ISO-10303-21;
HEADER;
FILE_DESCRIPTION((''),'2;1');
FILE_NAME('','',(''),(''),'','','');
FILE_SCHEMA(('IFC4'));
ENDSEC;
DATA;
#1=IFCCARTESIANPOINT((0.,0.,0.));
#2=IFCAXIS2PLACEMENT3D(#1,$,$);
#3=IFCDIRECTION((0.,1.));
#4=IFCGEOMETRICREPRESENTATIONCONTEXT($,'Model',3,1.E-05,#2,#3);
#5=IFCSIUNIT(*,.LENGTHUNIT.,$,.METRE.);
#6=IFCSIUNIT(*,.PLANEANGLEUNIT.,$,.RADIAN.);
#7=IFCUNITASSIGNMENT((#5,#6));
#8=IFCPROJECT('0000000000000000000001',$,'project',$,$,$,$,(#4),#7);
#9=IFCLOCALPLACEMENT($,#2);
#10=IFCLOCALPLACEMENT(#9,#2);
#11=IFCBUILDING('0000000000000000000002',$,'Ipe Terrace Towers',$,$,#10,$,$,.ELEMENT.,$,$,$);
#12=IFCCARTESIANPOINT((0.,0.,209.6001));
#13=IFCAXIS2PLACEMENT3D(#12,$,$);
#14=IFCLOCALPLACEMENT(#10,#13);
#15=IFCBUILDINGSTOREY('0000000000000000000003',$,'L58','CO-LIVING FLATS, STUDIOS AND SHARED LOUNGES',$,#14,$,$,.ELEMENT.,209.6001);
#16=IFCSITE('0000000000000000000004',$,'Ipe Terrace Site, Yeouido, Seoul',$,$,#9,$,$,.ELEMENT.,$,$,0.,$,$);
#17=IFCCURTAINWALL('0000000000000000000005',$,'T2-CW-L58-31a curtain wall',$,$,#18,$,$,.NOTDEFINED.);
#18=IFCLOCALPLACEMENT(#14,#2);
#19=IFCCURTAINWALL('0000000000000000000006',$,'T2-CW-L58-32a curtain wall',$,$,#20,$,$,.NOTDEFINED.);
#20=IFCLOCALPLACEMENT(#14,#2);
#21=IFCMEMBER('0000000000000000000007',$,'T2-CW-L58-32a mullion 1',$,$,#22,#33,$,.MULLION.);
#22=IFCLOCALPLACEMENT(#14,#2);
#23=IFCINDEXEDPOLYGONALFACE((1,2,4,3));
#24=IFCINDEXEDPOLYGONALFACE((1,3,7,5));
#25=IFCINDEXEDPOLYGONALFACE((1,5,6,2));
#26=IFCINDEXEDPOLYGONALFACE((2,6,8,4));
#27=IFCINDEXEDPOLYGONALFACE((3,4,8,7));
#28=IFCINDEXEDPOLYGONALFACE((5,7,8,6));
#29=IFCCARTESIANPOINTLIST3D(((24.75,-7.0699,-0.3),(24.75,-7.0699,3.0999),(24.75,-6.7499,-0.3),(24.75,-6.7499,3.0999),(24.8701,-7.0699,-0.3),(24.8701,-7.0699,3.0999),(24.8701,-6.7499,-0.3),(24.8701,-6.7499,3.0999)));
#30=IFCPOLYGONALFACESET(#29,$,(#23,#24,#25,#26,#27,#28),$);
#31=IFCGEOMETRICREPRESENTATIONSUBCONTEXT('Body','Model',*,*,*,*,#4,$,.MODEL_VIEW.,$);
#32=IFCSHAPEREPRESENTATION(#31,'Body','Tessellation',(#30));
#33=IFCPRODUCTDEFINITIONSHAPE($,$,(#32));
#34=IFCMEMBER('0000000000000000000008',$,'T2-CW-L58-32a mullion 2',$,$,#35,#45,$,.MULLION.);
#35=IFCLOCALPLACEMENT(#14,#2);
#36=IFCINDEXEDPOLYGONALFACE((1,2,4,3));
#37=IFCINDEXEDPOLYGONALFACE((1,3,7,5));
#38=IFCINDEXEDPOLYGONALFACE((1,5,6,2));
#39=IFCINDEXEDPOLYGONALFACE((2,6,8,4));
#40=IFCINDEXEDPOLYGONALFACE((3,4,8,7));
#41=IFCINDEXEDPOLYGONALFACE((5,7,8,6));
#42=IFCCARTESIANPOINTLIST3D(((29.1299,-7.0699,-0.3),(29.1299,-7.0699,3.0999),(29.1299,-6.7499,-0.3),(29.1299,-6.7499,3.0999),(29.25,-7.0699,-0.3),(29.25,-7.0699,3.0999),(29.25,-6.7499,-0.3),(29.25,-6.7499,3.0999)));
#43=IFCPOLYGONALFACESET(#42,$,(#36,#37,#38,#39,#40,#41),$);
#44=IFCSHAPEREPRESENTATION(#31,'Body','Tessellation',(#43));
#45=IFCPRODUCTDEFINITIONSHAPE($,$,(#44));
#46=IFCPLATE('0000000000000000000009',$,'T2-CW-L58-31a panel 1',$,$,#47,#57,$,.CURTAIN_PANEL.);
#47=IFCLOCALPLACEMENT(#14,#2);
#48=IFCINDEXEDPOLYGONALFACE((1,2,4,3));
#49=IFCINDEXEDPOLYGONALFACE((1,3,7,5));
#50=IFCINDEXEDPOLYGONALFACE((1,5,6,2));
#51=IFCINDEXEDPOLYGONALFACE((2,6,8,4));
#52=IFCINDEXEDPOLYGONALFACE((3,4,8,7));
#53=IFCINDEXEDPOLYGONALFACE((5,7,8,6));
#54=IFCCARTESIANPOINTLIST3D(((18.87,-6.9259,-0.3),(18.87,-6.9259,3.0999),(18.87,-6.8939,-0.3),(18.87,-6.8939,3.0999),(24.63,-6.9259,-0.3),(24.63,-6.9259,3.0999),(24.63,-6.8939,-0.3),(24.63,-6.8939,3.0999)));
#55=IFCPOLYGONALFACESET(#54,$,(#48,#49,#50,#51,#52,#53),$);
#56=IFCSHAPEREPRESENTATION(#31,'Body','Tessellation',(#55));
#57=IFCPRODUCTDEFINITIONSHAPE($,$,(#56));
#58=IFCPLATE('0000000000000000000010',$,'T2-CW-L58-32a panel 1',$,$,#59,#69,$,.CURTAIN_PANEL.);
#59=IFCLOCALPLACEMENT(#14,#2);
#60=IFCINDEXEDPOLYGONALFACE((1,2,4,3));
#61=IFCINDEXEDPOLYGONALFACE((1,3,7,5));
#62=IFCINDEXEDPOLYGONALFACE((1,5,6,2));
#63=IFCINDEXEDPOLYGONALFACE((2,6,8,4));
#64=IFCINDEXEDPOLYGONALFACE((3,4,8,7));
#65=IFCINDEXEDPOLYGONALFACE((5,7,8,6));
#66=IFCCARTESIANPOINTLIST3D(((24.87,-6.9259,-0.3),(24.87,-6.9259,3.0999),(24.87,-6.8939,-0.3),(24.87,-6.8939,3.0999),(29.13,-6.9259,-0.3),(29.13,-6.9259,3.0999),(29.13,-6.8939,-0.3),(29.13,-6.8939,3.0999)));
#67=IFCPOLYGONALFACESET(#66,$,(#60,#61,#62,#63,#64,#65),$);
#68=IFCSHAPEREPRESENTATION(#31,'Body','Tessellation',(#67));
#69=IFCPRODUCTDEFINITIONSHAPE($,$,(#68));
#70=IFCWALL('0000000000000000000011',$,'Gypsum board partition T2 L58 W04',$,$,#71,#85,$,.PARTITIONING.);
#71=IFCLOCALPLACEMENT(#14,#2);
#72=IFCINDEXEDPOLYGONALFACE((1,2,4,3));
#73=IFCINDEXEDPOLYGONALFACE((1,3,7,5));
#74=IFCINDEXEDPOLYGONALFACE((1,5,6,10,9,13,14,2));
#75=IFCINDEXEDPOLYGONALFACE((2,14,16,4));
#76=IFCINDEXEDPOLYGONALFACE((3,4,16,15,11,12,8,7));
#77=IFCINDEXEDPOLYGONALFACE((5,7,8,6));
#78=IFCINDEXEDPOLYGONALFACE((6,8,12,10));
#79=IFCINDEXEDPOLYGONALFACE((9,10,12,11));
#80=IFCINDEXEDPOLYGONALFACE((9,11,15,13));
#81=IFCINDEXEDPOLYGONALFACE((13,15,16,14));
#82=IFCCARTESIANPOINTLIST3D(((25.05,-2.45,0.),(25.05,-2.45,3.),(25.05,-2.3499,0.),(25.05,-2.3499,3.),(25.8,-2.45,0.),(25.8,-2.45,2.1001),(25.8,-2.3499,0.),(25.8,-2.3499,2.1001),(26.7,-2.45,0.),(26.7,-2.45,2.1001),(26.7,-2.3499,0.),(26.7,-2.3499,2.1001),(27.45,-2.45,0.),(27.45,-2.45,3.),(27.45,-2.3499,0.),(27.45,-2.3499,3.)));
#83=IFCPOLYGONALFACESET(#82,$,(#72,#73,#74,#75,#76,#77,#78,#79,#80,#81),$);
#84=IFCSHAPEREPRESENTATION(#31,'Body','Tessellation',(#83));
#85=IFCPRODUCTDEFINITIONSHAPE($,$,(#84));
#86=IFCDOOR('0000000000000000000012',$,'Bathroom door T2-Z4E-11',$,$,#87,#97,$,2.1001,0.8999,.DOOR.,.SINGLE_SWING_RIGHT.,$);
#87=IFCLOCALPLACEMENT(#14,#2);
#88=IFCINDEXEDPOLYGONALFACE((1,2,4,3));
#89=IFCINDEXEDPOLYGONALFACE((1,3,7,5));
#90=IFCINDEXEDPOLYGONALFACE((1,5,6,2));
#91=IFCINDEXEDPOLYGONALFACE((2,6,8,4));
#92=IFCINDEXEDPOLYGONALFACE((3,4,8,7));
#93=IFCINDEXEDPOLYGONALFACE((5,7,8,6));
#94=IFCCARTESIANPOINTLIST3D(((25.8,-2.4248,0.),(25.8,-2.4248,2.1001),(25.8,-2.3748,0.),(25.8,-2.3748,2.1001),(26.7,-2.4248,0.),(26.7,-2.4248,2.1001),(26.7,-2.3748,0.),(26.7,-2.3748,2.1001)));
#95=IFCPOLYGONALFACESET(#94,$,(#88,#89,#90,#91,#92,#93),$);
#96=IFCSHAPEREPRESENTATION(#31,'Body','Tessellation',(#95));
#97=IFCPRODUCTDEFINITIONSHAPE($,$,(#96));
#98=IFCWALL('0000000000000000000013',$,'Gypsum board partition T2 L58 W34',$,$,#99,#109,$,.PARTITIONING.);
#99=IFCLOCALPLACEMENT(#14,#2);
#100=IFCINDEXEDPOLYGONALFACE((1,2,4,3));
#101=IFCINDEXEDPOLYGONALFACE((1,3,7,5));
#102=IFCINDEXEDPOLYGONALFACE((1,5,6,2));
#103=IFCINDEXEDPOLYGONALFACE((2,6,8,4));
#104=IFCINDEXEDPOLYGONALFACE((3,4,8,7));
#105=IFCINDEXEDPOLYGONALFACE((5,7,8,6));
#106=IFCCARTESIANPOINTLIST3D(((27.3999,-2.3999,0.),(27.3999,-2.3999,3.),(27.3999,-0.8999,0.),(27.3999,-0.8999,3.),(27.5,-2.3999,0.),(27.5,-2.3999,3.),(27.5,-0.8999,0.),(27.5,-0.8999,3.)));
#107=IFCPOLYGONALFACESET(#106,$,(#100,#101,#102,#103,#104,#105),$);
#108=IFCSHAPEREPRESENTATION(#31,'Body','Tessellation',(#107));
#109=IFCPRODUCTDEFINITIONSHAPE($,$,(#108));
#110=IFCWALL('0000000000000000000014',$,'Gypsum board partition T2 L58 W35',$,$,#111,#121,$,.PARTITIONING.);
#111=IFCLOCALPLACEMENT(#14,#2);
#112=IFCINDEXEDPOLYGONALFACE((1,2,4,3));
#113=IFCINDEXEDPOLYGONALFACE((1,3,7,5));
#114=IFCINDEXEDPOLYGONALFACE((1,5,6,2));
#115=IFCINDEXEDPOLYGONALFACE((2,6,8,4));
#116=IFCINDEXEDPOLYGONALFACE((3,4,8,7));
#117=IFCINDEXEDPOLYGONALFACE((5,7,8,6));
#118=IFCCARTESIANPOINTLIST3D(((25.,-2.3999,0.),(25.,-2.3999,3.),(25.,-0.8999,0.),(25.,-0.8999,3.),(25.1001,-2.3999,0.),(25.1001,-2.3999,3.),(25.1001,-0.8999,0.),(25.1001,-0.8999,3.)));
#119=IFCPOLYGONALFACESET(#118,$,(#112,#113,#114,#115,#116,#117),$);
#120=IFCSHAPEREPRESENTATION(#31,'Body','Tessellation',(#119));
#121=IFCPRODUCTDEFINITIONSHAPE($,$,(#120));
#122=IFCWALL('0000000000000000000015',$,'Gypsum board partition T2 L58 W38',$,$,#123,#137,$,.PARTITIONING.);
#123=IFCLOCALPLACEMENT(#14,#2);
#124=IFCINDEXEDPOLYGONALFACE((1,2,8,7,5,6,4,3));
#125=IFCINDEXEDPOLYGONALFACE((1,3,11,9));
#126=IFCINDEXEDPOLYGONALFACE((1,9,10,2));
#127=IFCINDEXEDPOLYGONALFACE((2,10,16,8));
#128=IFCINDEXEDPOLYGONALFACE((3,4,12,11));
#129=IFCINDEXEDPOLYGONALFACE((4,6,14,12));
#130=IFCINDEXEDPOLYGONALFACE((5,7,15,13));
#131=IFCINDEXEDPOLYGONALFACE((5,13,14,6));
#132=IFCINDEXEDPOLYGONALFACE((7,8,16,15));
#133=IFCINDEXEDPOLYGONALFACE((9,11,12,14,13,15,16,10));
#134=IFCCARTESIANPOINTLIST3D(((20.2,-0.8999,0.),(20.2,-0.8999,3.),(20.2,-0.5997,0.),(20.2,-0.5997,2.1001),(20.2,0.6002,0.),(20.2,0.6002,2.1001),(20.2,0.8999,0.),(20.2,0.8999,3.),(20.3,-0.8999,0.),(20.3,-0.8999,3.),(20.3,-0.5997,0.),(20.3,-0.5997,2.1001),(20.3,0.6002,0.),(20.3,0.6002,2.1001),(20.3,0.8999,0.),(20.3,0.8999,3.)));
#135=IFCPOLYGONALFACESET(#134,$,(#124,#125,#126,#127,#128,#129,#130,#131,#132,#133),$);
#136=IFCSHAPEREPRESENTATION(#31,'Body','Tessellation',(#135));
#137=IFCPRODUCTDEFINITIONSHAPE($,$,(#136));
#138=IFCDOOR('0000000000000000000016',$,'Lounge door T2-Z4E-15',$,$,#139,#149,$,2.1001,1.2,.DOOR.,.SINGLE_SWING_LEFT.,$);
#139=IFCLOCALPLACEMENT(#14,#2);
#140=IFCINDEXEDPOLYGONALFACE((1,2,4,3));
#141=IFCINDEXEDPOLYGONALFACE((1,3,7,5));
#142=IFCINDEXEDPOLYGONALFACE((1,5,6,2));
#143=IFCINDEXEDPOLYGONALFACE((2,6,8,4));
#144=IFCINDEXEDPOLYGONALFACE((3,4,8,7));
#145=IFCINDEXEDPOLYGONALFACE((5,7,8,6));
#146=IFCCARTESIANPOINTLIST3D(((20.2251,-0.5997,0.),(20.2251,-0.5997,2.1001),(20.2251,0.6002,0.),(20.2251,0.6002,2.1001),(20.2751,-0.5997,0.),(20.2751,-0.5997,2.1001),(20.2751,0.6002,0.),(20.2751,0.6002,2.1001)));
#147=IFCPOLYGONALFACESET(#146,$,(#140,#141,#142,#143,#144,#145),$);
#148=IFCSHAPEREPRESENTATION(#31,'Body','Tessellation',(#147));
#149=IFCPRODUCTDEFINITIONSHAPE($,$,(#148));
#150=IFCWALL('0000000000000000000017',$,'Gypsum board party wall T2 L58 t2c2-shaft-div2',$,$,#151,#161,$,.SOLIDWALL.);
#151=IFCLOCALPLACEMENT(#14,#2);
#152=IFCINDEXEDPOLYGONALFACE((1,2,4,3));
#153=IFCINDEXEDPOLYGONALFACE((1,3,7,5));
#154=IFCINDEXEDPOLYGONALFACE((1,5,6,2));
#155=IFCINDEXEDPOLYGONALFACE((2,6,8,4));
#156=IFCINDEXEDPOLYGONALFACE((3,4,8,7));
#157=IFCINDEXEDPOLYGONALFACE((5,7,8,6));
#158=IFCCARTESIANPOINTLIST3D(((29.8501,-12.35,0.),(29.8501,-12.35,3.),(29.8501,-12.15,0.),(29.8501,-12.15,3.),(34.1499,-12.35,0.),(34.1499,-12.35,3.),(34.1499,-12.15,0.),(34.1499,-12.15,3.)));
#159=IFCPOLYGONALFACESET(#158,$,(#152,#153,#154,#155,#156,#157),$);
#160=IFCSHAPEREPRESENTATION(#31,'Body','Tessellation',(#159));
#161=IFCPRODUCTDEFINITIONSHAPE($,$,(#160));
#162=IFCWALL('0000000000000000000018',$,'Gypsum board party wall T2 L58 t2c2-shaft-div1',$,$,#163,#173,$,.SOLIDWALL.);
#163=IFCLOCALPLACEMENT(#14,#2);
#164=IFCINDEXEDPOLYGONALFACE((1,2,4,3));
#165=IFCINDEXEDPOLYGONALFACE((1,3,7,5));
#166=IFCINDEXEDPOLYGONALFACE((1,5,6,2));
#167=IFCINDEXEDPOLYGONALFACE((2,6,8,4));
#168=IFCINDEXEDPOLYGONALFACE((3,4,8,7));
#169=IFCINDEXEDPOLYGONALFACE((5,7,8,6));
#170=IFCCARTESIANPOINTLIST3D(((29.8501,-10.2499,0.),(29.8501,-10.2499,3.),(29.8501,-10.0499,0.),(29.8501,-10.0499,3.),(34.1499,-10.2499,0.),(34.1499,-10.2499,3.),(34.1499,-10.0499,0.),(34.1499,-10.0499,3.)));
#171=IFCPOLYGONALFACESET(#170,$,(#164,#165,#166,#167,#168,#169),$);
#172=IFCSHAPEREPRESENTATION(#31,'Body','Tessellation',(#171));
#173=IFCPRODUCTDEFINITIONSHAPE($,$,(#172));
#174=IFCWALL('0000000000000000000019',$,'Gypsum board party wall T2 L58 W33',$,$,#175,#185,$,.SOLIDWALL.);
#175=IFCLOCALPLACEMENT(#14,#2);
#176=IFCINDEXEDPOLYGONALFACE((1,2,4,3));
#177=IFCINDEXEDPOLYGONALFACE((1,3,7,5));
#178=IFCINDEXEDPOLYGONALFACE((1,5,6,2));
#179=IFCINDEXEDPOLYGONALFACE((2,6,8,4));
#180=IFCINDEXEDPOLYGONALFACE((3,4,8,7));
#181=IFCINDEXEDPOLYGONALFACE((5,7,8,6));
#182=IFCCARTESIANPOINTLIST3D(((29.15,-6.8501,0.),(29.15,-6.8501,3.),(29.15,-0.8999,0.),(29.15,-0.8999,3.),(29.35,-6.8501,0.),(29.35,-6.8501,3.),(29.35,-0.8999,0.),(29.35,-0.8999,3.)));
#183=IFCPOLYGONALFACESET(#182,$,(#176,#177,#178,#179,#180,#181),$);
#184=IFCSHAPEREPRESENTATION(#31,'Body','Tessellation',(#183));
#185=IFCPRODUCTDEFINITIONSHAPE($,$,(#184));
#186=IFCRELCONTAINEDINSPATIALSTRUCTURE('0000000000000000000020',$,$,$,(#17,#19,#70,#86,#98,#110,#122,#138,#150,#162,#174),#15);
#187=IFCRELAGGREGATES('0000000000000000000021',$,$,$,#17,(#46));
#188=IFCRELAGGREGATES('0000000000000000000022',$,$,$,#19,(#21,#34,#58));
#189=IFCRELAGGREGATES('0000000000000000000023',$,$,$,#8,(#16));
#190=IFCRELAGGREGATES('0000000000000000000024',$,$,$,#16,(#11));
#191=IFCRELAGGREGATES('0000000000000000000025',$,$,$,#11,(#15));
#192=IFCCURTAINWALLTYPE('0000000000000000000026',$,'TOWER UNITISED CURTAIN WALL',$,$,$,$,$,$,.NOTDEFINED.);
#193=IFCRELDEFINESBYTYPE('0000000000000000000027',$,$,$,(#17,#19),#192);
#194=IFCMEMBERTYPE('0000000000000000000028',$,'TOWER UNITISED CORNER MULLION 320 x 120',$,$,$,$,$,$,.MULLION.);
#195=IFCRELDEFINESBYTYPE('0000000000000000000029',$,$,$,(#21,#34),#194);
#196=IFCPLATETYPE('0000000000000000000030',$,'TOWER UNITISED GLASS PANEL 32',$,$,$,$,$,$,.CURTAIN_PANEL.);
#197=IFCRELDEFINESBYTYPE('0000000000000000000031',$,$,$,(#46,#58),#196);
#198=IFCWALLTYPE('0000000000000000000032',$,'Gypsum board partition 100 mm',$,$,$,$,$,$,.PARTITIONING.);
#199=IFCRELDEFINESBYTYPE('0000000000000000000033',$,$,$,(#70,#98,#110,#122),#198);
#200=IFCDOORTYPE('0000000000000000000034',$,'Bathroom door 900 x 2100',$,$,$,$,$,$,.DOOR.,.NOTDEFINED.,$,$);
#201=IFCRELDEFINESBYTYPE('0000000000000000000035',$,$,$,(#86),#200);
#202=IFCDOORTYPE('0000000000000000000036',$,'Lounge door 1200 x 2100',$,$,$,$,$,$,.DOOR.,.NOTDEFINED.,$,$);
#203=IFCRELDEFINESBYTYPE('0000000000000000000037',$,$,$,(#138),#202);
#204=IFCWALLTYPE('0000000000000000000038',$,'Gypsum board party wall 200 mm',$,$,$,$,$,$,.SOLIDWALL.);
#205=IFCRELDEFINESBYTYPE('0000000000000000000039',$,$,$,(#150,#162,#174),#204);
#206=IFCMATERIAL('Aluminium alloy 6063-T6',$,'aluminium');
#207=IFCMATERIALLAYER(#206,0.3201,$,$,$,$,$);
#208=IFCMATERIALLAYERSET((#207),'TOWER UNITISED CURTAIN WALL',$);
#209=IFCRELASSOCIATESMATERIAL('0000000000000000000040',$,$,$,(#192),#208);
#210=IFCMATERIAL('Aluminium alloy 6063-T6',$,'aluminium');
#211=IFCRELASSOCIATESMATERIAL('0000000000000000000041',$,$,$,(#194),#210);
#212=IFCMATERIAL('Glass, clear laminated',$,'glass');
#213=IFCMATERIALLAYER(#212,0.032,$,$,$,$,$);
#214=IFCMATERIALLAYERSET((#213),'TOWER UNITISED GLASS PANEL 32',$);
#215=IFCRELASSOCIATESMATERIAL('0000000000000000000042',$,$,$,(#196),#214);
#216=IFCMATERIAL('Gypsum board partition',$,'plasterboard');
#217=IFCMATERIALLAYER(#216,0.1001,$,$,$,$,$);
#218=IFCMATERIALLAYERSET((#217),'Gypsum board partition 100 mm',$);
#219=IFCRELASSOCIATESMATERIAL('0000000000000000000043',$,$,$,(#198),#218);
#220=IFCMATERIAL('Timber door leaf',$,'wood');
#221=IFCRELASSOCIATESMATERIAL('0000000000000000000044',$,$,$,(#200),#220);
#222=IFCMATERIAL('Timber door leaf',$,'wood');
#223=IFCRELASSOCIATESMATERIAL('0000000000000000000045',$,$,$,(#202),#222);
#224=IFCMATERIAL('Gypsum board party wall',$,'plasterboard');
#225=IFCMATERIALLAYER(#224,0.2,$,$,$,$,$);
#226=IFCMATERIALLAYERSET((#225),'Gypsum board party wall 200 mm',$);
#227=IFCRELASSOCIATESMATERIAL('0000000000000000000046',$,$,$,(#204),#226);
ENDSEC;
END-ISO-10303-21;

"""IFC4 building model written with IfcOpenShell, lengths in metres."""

from ifc_helpers import new_model, si_unit, direction, frame, frame_2d, origin, origin_2d, place, context, subcontext, project, spatial, rectangle, extrude, material, layer, layer_set, material_profile, profile_set, type_object, element, fill, aggregate, save


model = new_model("IFC4")

# Units and contexts
model_context = context("Model", 3, precision=1e-05, world=origin(), true_north=direction((0.0, 1.0)))
body_context = subcontext(model_context, "Body", "Model", "MODEL_VIEW")
ifc_project = project(units=[si_unit("LENGTHUNIT", "METRE"), si_unit("PLANEANGLEUNIT", "RADIAN")], contexts=[model_context])

# Site, building, storey
site_placement = place(None, origin())
site = spatial("IfcSite", under=ifc_project, at=site_placement, Name="Ipe Terrace Site, Yeouido, Seoul", CompositionType="ELEMENT", RefElevation=0.0)
building_placement = place(site_placement, origin())
building = spatial("IfcBuilding", under=site, at=building_placement, Name="Ipe Terrace Towers", CompositionType="ELEMENT")
storey_placement = place(building_placement, frame((0.0, 0.0, 209.6001)))
storey = spatial("IfcBuildingStorey", under=building, at=storey_placement, Name="L58", Description="CO-LIVING FLATS, STUDIOS AND SHARED LOUNGES", CompositionType="ELEMENT", Elevation=209.6001)

# Curtain wall
ifc_material_1 = material(Name="Aluminium alloy 6063-T6", Category="aluminium")
ifc_layer_1 = layer(ifc_material_1, 0.3201)
ifc_layer_set_1 = layer_set([ifc_layer_1], Name="TOWER UNITISED CURTAIN WALL")
curtain_wall_type = type_object("IfcCurtainWallType", Name="TOWER UNITISED CURTAIN WALL", PredefinedType="NOTDEFINED", material=ifc_layer_set_1)
curtain_wall_1_placement = place(storey_placement, origin())
curtain_wall_1 = element("IfcCurtainWall", 1, at=curtain_wall_1_placement, inside=storey, type_object=curtain_wall_type, Name="T2-CW-L58-31a curtain wall", PredefinedType="NOTDEFINED")
ifc_material_2 = material(Name="Aluminium alloy 6063-T6", Category="aluminium")
ifc_material_profile_1 = material_profile(ifc_material_2, rectangle(XDim=0.3201, YDim=0.1201, at=origin_2d()), Name="TOWER UNITISED CORNER MULLION 320 x 120")
ifc_profile_set_1 = profile_set([ifc_material_profile_1], Name="Aluminium alloy 6063-T6")
member_type = type_object("IfcMemberType", Name="TOWER UNITISED CORNER MULLION 320 x 120", PredefinedType="MULLION", material=ifc_profile_set_1)

# Curtain wall, members
curtain_wall_2_placement = place(storey_placement, origin())
curtain_wall_2 = element("IfcCurtainWall", 2, at=curtain_wall_2_placement, inside=storey, type_object=curtain_wall_type, Name="T2-CW-L58-32a curtain wall", PredefinedType="NOTDEFINED")
member_1_placement = place(storey_placement, frame((24.8101, -6.9099, -0.3), z_axis=(0.0, 0.0, 1.0), x_axis=(0.0, -1.0, 0.0)))
member_1 = element("IfcMember", 3, at=member_1_placement, type_object=member_type, Name="T2-CW-L58-32a mullion 1", PredefinedType="MULLION", context=body_context, shape_type="SweptSolid", body=[
    extrude(rectangle(XDim=0.3201, YDim=0.1201, at=origin_2d()), origin(), (0.0, 0.0, 1.0), 3.3999),
])
member_2_placement = place(storey_placement, frame((29.1899, -6.9099, -0.3), z_axis=(0.0, 0.0, 1.0), x_axis=(0.0, -1.0, 0.0)))
member_2 = element("IfcMember", 4, at=member_2_placement, type_object=member_type, Name="T2-CW-L58-32a mullion 2", PredefinedType="MULLION", context=body_context, shape_type="SweptSolid", body=[
    extrude(rectangle(XDim=0.3201, YDim=0.1201, at=origin_2d()), origin(), (0.0, 0.0, 1.0), 3.3999),
])

# Plates
ifc_material_3 = material(Name="Glass, clear laminated", Category="glass")
ifc_layer_2 = layer(ifc_material_3, 0.032)
ifc_layer_set_2 = layer_set([ifc_layer_2], Name="TOWER UNITISED GLASS PANEL 32")
plate_type = type_object("IfcPlateType", Name="TOWER UNITISED GLASS PANEL 32", PredefinedType="CURTAIN_PANEL", material=ifc_layer_set_2)
plate_1_placement = place(storey_placement, frame((21.75, -6.9099, -0.3), z_axis=(0.0, 0.0, 1.0), x_axis=(1.0, 0.0, 0.0)))
plate_1 = element("IfcPlate", 5, at=plate_1_placement, type_object=plate_type, Name="T2-CW-L58-31a panel 1", PredefinedType="CURTAIN_PANEL", context=body_context, shape_type="SweptSolid", body=[
    extrude(rectangle(XDim=5.76, YDim=0.032, at=origin_2d()), origin(), (0.0, 0.0, 1.0), 3.3999),
])
aggregate(curtain_wall_1, [plate_1])
plate_2_placement = place(storey_placement, frame((27.0, -6.9099, -0.3), z_axis=(0.0, 0.0, 1.0), x_axis=(1.0, 0.0, 0.0)))
plate_2 = element("IfcPlate", 6, at=plate_2_placement, type_object=plate_type, Name="T2-CW-L58-32a panel 1", PredefinedType="CURTAIN_PANEL", context=body_context, shape_type="SweptSolid", body=[
    extrude(rectangle(XDim=4.26, YDim=0.032, at=origin_2d()), origin(), (0.0, 0.0, 1.0), 3.3999),
])
aggregate(curtain_wall_2, [member_1, member_2, plate_2])

# Wall, opening, door
ifc_material_4 = material(Name="Gypsum board partition", Category="plasterboard")
ifc_layer_3 = layer(ifc_material_4, 0.1001)
ifc_layer_set_3 = layer_set([ifc_layer_3], Name="Gypsum board partition 100 mm")
wall_type_1 = type_object("IfcWallType", Name="Gypsum board partition 100 mm", PredefinedType="PARTITIONING", material=ifc_layer_set_3)
wall_1_placement = place(storey_placement, frame((27.45, -2.3999, 0.0), z_axis=(0.0, 0.0, 1.0), x_axis=(-1.0, 0.0, 0.0)))
wall_1 = element("IfcWall", 7, at=wall_1_placement, inside=storey, type_object=wall_type_1, Name="Gypsum board partition T2 L58 W04", PredefinedType="PARTITIONING", context=body_context, shape_type="SweptSolid", body=[
    extrude(rectangle(XDim=2.3999, YDim=0.1001, at=frame_2d((1.2, 0.0))), origin(), (0.0, 0.0, 1.0), 3.0),
])
opening_1_placement = place(wall_1_placement, frame((0.75, 0.0, 0.0)))
opening_1 = element("IfcOpeningElement", 8, at=opening_1_placement, cuts=wall_1, PredefinedType="OPENING", context=body_context, shape_type="SweptSolid", body=[
    extrude(rectangle(XDim=0.8999, YDim=2.1001, at=frame_2d((0.45, 1.05))), frame((0.0, 0.0601, 0.0), z_axis=(0.0, -1.0, 0.0), x_axis=(1.0, 0.0, 0.0)), (0.0, 0.0, 1.0), 0.1201),
])
ifc_material_5 = material(Name="Timber door leaf", Category="wood")
door_type_1 = type_object("IfcDoorType", Name="Bathroom door 900 x 2100", OperationType="NOTDEFINED", PredefinedType="DOOR", material=ifc_material_5)
door_1_placement = place(opening_1_placement, origin())
door_1 = element("IfcDoor", 9, at=door_1_placement, inside=storey, type_object=door_type_1, Name="Bathroom door T2-Z4E-11", OperationType="SINGLE_SWING_RIGHT", OverallHeight=2.1001, OverallWidth=0.8999, PredefinedType="DOOR", context=body_context, shape_type="SweptSolid", body=[
    extrude(rectangle(XDim=0.8999, YDim=2.1001, at=frame_2d((0.45, 1.05))), frame((0.0, 0.0249, 0.0), z_axis=(0.0, -1.0, 0.0), x_axis=(1.0, 0.0, 0.0)), (0.0, 0.0, 1.0), 0.05),
])
fill(opening_1, door_1)

# Walls
for number, where, z_axis, x_axis, name in (
    (10, (27.45, -2.3999, 0.0), (0.0, 0.0, 1.0), (0.0, 1.0, 0.0), "Gypsum board partition T2 L58 W34"),
    (11, (25.05, -2.3999, 0.0), (0.0, 0.0, 1.0), (0.0, 1.0, 0.0), "Gypsum board partition T2 L58 W35"),
):
    element("IfcWall", number, at=place(storey_placement, frame(where, z_axis=z_axis, x_axis=x_axis)), inside=storey, type_object=wall_type_1, Name=name, PredefinedType="PARTITIONING", context=body_context, shape_type="SweptSolid", body=[
        extrude(rectangle(XDim=1.5, YDim=0.1001, at=frame_2d((0.75, 0.0))), origin(), (0.0, 0.0, 1.0), 3.0),
    ])

# Wall, opening, door
wall_2_placement = place(storey_placement, frame((20.25, -0.8999, 0.0), z_axis=(0.0, 0.0, 1.0), x_axis=(0.0, 1.0, 0.0)))
wall_2 = element("IfcWall", 12, at=wall_2_placement, inside=storey, type_object=wall_type_1, Name="Gypsum board partition T2 L58 W38", PredefinedType="PARTITIONING", context=body_context, shape_type="SweptSolid", body=[
    extrude(rectangle(XDim=1.7998, YDim=0.1001, at=frame_2d((0.8999, 0.0))), origin(), (0.0, 0.0, 1.0), 3.0),
])
opening_2_placement = place(wall_2_placement, frame((0.3, 0.0, 0.0)))
opening_2 = element("IfcOpeningElement", 13, at=opening_2_placement, cuts=wall_2, PredefinedType="OPENING", context=body_context, shape_type="SweptSolid", body=[
    extrude(rectangle(XDim=1.2, YDim=2.1001, at=frame_2d((0.6001, 1.05))), frame((0.0, 0.0601, 0.0), z_axis=(0.0, -1.0, 0.0), x_axis=(1.0, 0.0, 0.0)), (0.0, 0.0, 1.0), 0.1201),
])
ifc_material_6 = material(Name="Timber door leaf", Category="wood")
door_type_2 = type_object("IfcDoorType", Name="Lounge door 1200 x 2100", OperationType="NOTDEFINED", PredefinedType="DOOR", material=ifc_material_6)
door_2_placement = place(opening_2_placement, origin())
door_2 = element("IfcDoor", 14, at=door_2_placement, inside=storey, type_object=door_type_2, Name="Lounge door T2-Z4E-15", OperationType="SINGLE_SWING_LEFT", OverallHeight=2.1001, OverallWidth=1.2, PredefinedType="DOOR", context=body_context, shape_type="SweptSolid", body=[
    extrude(rectangle(XDim=1.2, YDim=2.1001, at=frame_2d((0.6001, 1.05))), frame((0.0, 0.0249, 0.0), z_axis=(0.0, -1.0, 0.0), x_axis=(1.0, 0.0, 0.0)), (0.0, 0.0, 1.0), 0.05),
])
fill(opening_2, door_2)

# Walls
ifc_material_7 = material(Name="Gypsum board party wall", Category="plasterboard")
ifc_layer_4 = layer(ifc_material_7, 0.2)
ifc_layer_set_4 = layer_set([ifc_layer_4], Name="Gypsum board party wall 200 mm")
wall_type_2 = type_object("IfcWallType", Name="Gypsum board party wall 200 mm", PredefinedType="SOLIDWALL", material=ifc_layer_set_4)
for number, where, z_axis, x_axis, name in (
    (15, (29.8501, -12.25, 0.0), (0.0, 0.0, 1.0), (1.0, 0.0, 0.0), "Gypsum board party wall T2 L58 t2c2-shaft-div2"),
    (16, (29.8501, -10.1499, 0.0), (0.0, 0.0, 1.0), (1.0, 0.0, 0.0), "Gypsum board party wall T2 L58 t2c2-shaft-div1"),
):
    element("IfcWall", number, at=place(storey_placement, frame(where, z_axis=z_axis, x_axis=x_axis)), inside=storey, type_object=wall_type_2, Name=name, PredefinedType="SOLIDWALL", context=body_context, shape_type="SweptSolid", body=[
        extrude(rectangle(XDim=4.2998, YDim=0.2, at=frame_2d((2.1499, 0.0))), origin(), (0.0, 0.0, 1.0), 3.0),
    ])
wall_3_placement = place(storey_placement, frame((29.25, -6.8501, 0.0), z_axis=(0.0, 0.0, 1.0), x_axis=(0.0, 1.0, 0.0)))
element("IfcWall", 17, at=wall_3_placement, inside=storey, type_object=wall_type_2, Name="Gypsum board party wall T2 L58 W33", PredefinedType="SOLIDWALL", context=body_context, shape_type="SweptSolid", body=[
    extrude(rectangle(XDim=5.9502, YDim=0.2, at=frame_2d((2.9751, 0.0))), origin(), (0.0, 0.0, 1.0), 3.0),
])

save(model, "model.ifc")
